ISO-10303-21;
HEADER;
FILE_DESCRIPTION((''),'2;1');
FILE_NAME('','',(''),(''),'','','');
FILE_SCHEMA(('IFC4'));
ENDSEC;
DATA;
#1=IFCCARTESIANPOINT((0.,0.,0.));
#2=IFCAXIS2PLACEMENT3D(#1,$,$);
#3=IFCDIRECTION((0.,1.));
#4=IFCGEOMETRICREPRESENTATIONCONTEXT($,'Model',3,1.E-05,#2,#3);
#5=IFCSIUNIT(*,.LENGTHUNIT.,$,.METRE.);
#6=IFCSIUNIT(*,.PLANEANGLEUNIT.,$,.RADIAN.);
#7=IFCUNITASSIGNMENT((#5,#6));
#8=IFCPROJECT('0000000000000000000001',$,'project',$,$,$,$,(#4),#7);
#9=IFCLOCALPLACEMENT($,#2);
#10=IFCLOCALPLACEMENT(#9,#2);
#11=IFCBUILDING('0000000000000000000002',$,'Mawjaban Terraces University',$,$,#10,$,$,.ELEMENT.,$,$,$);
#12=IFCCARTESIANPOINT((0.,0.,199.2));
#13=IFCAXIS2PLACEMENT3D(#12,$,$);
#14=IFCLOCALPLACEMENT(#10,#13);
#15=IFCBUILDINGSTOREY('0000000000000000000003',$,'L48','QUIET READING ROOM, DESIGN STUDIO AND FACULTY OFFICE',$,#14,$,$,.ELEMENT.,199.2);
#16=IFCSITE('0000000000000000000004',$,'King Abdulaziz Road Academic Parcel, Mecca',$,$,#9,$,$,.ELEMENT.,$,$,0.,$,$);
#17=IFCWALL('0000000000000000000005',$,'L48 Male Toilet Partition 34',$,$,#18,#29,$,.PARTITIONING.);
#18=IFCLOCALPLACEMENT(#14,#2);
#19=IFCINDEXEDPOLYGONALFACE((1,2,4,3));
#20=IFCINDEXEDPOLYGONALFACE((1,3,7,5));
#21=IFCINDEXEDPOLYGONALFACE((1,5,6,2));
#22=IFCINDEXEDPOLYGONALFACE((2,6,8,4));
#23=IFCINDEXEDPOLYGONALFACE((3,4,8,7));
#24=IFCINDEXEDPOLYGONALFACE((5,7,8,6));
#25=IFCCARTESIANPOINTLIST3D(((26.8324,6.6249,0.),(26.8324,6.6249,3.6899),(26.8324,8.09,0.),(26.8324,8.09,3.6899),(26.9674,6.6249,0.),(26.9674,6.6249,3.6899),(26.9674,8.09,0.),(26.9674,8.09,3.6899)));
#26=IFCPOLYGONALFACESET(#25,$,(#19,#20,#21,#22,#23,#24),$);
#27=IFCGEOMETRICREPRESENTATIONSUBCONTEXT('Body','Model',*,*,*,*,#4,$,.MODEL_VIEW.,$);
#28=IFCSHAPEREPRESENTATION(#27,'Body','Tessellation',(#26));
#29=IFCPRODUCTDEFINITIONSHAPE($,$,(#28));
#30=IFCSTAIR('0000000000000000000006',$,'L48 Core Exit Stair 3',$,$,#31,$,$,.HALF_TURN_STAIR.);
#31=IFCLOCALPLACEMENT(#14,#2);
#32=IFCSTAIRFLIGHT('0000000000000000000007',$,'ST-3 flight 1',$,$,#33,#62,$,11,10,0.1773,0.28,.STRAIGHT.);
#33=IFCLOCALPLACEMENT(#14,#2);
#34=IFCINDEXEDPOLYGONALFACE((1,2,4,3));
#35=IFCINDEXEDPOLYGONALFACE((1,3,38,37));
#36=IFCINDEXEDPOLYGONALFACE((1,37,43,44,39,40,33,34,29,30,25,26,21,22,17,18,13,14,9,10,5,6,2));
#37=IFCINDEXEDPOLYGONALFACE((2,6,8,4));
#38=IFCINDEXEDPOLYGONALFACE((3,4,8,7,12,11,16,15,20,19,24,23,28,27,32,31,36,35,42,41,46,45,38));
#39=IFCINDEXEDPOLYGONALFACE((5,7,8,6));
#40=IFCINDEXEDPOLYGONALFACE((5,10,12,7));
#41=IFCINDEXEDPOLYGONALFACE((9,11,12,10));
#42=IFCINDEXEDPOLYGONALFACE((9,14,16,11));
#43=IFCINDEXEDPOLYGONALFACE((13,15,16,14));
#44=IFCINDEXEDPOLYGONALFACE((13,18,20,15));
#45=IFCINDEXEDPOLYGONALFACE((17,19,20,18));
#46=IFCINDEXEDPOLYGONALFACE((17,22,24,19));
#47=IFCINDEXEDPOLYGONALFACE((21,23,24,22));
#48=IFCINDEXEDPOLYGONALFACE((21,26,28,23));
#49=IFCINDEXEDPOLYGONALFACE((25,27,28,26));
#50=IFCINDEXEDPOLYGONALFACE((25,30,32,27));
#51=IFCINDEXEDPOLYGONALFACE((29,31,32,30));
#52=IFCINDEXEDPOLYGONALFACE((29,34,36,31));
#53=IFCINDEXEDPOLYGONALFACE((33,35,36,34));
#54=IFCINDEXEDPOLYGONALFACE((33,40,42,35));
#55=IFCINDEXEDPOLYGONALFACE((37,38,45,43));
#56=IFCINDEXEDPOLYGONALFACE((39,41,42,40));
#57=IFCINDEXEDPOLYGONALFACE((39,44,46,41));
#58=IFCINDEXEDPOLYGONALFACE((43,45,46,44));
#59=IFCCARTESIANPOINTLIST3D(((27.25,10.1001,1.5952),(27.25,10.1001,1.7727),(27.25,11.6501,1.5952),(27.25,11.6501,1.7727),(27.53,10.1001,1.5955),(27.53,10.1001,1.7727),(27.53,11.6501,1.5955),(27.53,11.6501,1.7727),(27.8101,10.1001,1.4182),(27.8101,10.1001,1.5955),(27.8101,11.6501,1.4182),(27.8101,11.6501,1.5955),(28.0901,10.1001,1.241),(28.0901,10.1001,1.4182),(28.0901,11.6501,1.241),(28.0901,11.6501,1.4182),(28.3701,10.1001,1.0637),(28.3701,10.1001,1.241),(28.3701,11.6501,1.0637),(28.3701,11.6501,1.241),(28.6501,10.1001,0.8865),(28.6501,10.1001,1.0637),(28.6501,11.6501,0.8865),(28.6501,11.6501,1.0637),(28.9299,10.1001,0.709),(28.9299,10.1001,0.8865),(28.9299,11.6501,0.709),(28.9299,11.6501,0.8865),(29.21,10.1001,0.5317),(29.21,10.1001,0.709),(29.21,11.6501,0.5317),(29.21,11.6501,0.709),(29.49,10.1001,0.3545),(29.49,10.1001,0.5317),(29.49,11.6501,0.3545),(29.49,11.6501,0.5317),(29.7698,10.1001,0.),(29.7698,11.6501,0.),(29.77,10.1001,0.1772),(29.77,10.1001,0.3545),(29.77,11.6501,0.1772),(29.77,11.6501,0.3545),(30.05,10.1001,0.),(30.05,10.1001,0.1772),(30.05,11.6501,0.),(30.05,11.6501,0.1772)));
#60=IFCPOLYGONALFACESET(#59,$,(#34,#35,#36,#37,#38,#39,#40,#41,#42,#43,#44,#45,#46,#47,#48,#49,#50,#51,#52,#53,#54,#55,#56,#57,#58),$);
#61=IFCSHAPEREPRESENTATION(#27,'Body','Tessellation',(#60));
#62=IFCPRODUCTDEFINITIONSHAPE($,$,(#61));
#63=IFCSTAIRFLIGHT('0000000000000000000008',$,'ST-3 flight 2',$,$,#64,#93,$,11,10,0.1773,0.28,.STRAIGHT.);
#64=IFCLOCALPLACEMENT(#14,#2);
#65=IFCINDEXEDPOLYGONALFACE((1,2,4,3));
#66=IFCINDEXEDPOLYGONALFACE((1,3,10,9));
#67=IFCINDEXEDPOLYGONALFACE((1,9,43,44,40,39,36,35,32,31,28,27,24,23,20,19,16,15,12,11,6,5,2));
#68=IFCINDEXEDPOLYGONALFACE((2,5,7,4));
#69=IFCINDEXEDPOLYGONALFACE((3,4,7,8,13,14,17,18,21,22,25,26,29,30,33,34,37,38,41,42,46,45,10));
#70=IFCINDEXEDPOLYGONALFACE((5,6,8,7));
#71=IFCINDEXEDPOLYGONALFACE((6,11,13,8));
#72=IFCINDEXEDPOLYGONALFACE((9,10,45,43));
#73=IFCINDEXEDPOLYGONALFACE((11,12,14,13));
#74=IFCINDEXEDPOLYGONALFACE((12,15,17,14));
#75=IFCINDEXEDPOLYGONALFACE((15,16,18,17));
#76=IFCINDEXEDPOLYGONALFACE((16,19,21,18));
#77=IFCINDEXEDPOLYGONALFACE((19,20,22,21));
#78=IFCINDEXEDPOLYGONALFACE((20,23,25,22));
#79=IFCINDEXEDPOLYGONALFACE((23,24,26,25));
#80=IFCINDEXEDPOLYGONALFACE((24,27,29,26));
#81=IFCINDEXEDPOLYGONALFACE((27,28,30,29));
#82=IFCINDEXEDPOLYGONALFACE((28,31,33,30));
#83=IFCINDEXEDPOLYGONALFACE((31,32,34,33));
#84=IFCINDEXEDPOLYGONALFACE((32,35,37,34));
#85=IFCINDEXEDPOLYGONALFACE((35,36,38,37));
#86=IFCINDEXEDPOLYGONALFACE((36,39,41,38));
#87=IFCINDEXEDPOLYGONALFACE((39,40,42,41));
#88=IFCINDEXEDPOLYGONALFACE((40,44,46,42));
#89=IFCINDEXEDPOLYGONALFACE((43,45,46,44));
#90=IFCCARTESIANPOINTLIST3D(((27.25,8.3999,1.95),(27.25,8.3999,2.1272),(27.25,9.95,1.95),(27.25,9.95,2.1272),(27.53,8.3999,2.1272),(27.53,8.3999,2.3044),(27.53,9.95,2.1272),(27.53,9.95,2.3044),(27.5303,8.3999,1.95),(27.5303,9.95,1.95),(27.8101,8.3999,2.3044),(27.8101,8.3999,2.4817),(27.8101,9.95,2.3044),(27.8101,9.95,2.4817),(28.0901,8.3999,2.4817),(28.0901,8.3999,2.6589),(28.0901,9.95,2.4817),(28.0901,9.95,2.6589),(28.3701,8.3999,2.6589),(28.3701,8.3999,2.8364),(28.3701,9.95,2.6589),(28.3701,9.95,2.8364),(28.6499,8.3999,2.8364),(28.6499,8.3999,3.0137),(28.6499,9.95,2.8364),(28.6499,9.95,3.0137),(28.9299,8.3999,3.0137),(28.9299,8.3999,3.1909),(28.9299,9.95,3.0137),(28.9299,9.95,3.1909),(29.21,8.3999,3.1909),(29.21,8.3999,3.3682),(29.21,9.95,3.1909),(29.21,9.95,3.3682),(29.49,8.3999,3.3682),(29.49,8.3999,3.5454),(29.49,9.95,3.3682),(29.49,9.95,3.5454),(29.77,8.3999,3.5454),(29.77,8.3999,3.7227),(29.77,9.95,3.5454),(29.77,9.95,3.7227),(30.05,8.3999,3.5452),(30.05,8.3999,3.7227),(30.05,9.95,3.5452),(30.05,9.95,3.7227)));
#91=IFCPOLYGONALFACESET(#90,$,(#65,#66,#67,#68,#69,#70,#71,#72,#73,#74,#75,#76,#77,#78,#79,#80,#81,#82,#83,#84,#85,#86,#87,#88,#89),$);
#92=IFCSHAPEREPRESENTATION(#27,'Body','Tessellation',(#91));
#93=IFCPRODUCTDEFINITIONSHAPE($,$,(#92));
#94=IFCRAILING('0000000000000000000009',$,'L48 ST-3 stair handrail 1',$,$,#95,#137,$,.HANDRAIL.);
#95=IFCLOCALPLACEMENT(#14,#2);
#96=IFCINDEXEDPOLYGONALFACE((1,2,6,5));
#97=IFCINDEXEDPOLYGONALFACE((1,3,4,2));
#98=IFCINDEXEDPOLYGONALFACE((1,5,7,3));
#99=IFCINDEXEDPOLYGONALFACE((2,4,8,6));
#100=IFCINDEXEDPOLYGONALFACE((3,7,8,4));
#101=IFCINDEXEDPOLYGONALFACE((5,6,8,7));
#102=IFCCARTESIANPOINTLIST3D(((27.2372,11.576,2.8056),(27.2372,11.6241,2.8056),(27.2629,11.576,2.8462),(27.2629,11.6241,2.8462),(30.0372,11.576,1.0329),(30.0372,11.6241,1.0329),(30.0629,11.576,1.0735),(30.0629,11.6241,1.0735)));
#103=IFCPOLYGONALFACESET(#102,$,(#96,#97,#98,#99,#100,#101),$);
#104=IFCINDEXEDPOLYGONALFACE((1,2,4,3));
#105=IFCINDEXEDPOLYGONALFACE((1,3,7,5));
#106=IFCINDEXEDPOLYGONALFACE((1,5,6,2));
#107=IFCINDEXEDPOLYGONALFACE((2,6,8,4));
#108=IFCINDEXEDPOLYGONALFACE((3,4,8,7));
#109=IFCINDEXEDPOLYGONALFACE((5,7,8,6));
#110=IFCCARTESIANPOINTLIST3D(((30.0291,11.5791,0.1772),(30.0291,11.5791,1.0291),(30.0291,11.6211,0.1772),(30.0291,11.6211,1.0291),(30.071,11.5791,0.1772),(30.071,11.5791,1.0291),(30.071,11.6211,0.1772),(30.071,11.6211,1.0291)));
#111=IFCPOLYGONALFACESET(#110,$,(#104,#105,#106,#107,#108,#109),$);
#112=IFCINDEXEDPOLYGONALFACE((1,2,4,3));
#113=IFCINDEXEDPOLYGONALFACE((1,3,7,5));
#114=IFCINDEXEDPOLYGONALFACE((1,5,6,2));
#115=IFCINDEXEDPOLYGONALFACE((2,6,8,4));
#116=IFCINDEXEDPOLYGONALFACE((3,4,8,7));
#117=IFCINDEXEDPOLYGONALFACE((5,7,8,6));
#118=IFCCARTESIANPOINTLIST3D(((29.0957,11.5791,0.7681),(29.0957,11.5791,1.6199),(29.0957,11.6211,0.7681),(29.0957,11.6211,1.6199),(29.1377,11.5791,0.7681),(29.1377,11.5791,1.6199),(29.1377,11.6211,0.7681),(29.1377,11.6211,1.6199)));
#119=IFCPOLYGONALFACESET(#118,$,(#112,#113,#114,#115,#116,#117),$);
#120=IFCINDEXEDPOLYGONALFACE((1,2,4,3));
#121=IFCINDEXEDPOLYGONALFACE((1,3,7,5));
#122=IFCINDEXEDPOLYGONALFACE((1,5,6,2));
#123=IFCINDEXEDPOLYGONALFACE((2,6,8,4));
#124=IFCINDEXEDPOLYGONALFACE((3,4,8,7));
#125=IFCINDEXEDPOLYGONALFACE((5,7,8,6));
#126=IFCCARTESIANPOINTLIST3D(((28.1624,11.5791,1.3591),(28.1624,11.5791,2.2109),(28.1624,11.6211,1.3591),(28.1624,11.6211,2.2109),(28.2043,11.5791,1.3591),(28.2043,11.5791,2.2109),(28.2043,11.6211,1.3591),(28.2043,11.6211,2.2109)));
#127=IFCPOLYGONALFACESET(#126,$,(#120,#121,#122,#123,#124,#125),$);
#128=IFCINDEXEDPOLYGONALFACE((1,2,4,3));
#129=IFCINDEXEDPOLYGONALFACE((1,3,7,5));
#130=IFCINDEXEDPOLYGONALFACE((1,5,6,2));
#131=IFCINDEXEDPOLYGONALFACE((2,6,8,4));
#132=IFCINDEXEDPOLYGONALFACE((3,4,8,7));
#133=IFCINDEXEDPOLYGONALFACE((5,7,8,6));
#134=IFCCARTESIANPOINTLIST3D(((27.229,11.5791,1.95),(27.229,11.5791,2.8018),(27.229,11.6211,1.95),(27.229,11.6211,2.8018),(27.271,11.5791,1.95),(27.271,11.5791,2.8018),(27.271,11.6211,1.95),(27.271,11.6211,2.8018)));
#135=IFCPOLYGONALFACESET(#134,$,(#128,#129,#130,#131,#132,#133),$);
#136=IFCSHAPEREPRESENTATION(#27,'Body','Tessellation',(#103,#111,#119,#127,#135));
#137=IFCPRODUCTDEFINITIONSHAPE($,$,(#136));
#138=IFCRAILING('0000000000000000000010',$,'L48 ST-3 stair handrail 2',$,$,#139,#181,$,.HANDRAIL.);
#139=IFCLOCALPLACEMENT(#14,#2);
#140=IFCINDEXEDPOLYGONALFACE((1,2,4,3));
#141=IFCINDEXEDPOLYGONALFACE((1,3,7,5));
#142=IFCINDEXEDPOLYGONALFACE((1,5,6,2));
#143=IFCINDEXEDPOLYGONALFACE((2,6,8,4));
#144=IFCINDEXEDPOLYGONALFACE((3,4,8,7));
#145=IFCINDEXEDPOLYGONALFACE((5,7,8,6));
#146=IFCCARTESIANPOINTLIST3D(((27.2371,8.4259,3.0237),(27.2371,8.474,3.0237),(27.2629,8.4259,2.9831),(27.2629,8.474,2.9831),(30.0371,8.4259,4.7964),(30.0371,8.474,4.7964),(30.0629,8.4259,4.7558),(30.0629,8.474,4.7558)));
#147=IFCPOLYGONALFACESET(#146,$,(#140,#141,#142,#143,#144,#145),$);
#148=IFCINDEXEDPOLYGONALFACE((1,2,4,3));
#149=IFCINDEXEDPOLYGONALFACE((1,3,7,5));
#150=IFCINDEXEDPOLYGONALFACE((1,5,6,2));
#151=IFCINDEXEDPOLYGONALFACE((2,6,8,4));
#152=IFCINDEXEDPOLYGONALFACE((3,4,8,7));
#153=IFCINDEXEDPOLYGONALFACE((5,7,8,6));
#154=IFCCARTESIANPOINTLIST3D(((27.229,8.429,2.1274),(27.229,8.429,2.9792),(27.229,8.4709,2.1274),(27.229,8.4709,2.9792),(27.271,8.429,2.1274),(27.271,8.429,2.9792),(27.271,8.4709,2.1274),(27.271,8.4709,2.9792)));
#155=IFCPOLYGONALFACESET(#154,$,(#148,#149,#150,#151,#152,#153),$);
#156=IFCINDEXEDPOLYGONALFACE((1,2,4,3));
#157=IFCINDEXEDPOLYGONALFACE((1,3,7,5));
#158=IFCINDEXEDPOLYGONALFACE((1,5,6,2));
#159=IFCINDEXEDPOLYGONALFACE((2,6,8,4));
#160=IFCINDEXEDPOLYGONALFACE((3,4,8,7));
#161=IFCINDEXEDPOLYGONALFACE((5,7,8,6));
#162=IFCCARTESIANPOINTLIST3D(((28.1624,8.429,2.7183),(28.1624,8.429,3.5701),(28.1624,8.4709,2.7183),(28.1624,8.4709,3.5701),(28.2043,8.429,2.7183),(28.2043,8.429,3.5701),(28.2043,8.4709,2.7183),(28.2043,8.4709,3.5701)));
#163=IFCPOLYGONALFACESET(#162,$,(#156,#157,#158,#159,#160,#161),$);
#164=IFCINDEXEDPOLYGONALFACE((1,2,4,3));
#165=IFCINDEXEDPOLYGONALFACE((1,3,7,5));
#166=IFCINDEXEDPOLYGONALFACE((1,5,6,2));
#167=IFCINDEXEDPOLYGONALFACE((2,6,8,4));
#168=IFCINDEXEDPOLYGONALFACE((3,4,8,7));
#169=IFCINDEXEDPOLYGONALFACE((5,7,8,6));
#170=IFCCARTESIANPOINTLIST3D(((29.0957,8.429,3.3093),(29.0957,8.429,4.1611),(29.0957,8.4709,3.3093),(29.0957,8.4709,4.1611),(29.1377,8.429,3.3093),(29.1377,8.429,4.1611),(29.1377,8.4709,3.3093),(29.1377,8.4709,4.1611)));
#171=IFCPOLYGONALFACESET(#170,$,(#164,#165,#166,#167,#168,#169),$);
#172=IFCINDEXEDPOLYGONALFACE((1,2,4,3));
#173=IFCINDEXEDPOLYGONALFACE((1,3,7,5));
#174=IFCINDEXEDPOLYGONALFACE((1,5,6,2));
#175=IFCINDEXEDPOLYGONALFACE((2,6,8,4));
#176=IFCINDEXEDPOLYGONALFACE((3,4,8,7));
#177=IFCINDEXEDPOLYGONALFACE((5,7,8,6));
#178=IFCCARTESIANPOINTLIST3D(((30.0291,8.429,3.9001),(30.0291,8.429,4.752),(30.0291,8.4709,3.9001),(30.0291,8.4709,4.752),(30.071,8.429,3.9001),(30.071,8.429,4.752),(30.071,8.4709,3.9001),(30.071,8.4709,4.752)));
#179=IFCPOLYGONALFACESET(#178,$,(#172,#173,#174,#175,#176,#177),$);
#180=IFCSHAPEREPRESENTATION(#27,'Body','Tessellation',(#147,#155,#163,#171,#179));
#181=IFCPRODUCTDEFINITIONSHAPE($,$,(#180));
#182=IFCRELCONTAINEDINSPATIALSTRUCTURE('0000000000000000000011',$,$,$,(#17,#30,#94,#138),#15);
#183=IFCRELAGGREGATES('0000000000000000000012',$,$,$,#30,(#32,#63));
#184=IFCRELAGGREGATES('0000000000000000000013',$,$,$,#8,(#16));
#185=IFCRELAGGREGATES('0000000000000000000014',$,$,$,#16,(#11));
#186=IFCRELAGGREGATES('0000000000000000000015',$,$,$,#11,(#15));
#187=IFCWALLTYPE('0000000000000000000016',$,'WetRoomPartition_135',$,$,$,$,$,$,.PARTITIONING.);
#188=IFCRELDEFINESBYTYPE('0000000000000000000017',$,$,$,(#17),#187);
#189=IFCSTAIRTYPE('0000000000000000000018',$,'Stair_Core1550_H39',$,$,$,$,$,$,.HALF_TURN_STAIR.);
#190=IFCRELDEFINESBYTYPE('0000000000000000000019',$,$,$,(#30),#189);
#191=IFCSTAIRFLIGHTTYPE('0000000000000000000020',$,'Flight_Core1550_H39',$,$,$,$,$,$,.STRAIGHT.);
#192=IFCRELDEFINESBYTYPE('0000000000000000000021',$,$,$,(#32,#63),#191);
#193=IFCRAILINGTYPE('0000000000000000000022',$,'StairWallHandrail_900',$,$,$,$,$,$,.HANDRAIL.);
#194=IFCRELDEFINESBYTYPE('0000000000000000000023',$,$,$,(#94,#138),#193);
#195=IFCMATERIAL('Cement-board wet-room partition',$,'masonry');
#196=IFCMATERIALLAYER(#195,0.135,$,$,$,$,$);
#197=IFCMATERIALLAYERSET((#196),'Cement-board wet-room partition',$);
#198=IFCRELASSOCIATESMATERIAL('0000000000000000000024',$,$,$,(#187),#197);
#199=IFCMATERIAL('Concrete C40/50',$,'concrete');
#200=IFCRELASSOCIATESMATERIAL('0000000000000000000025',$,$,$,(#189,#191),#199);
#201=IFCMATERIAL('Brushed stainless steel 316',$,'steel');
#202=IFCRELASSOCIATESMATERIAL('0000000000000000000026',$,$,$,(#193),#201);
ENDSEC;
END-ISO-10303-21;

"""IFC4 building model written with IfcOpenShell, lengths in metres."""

from ifc_helpers import new_model, si_unit, direction, frame, frame_2d, origin, origin_2d, place, context, subcontext, project, spatial, polyline, rectangle, outline, extrude, material, layer, layer_set, type_object, element, aggregate, save


model = new_model("IFC4")

# Units and contexts
model_context = context("Model", 3, precision=1e-05, world=origin(), true_north=direction((0.0, 1.0)))
body_context = subcontext(model_context, "Body", "Model", "MODEL_VIEW")
ifc_project = project(units=[si_unit("LENGTHUNIT", "METRE"), si_unit("PLANEANGLEUNIT", "RADIAN")], contexts=[model_context])

# Site, building, storey
site_placement = place(None, origin())
site = spatial("IfcSite", under=ifc_project, at=site_placement, Name="King Abdulaziz Road Academic Parcel, Mecca", CompositionType="ELEMENT", RefElevation=0.0)
building_placement = place(site_placement, origin())
building = spatial("IfcBuilding", under=site, at=building_placement, Name="Mawjaban Terraces University", CompositionType="ELEMENT")
storey_placement = place(building_placement, frame((0.0, 0.0, 199.2)))
storey = spatial("IfcBuildingStorey", under=building, at=storey_placement, Name="L48", Description="QUIET READING ROOM, DESIGN STUDIO AND FACULTY OFFICE", CompositionType="ELEMENT", Elevation=199.2)

# Shared definitions
ifc_material_1 = material(Name="Concrete C40/50", Category="concrete")

# Wall
ifc_material_2 = material(Name="Cement-board wet-room partition", Category="masonry")
ifc_layer_1 = layer(ifc_material_2, 0.135)
ifc_layer_set_1 = layer_set([ifc_layer_1], Name="Cement-board wet-room partition")
wall_type_1 = type_object("IfcWallType", Name="WetRoomPartition_135", PredefinedType="PARTITIONING", material=ifc_layer_set_1)
wall_1_placement = place(storey_placement, frame((26.8999, 6.625, 0.0), z_axis=(0.0, 0.0, 1.0), x_axis=(0.0, 1.0, 0.0)))
element("IfcWall", 1, at=wall_1_placement, inside=storey, type_object=wall_type_1, Name="L48 Male Toilet Partition 34", PredefinedType="PARTITIONING", context=body_context, shape_type="SweptSolid", body=[
    extrude(rectangle(XDim=1.4651, YDim=0.135, at=frame_2d((0.7324, 0.0))), origin(), (0.0, 0.0, 1.0), 3.6899),
])

# Stair, stair flights
stair_type = type_object("IfcStairType", Name="Stair_Core1550_H39", PredefinedType="HALF_TURN_STAIR", material=ifc_material_1)
stair_placement = place(storey_placement, origin())
stair = element("IfcStair", 2, at=stair_placement, inside=storey, type_object=stair_type, Name="L48 Core Exit Stair 3", PredefinedType="HALF_TURN_STAIR")
stair_flight_type = type_object("IfcStairFlightType", Name="Flight_Core1550_H39", PredefinedType="STRAIGHT", material=ifc_material_1)
stair_flight_1_placement = place(storey_placement, frame((30.05, 10.875, 0.0), z_axis=(0.0, 0.0, 1.0), x_axis=(-1.0, 0.0, 0.0)))
stair_flight_1 = element("IfcStairFlight", 3, at=stair_flight_1_placement, type_object=stair_flight_type, Name="ST-3 flight 1", NumberOfRisers=11, NumberOfTreads=10, PredefinedType="STRAIGHT", RiserHeight=0.1773, TreadLength=0.28, context=body_context, shape_type="SweptSolid", body=[
    extrude(outline(polyline([(0.0, 0.0), (0.0, 0.1772), (0.28, 0.1772), (0.28, 0.3545), (0.5601, 0.3545), (0.5601, 0.5317), (0.8401, 0.5317), (0.8401, 0.709), (1.1201, 0.709), (1.1201, 0.8865), (1.3999, 0.8865), (1.3999, 1.0637), (1.6799, 1.0637), (1.6799, 1.241), (1.96, 1.241), (1.96, 1.4182), (2.24, 1.4182), (2.24, 1.5955), (2.52, 1.5955), (2.52, 1.7727), (2.8, 1.7727), (2.8, 1.95), (2.8, 1.5952), (0.2803, 0.0), (0.0, 0.0)])), frame((0.0, 0.7749, 0.0), z_axis=(0.0, -1.0, 0.0), x_axis=(1.0, 0.0, 0.0)), (0.0, 0.0, 1.0), 1.55),
])
stair_flight_2_placement = place(storey_placement, frame((27.25, 9.175, 1.95), z_axis=(0.0, 0.0, 1.0), x_axis=(1.0, 0.0, 0.0)))
stair_flight_2 = element("IfcStairFlight", 4, at=stair_flight_2_placement, type_object=stair_flight_type, Name="ST-3 flight 2", NumberOfRisers=11, NumberOfTreads=10, PredefinedType="STRAIGHT", RiserHeight=0.1773, TreadLength=0.28, context=body_context, shape_type="SweptSolid", body=[
    extrude(outline(polyline([(0.0, 0.0), (0.0, 0.1772), (0.28, 0.1772), (0.28, 0.3545), (0.5601, 0.3545), (0.5601, 0.5317), (0.8401, 0.5317), (0.8401, 0.709), (1.1201, 0.709), (1.1201, 0.8865), (1.3999, 0.8865), (1.3999, 1.0637), (1.6799, 1.0637), (1.6799, 1.241), (1.96, 1.241), (1.96, 1.4182), (2.24, 1.4182), (2.24, 1.5955), (2.52, 1.5955), (2.52, 1.7727), (2.8, 1.7727), (2.8, 1.95), (2.8, 1.5952), (0.2803, 0.0), (0.0, 0.0)])), frame((0.0, 0.7749, 0.0), z_axis=(0.0, -1.0, 0.0), x_axis=(1.0, 0.0, 0.0)), (0.0, 0.0, 1.0), 1.55),
])
aggregate(stair, [stair_flight_1, stair_flight_2])

# Railings
ifc_material_3 = material(Name="Brushed stainless steel 316", Category="steel")
railing_type_1 = type_object("IfcRailingType", Name="StairWallHandrail_900", PredefinedType="HANDRAIL", material=ifc_material_3)
railing_1_placement = place(storey_placement, frame((30.05, 11.6001, 0.1772)))
element("IfcRailing", 5, at=railing_1_placement, inside=storey, type_object=railing_type_1, Name="L48 ST-3 stair handrail 1", PredefinedType="HANDRAIL", context=body_context, shape_type="SweptSolid", body=[
    extrude(rectangle(XDim=0.0481, YDim=0.0481, at=origin_2d()), frame((0.0, 0.0, 0.876), z_axis=(-0.844909, 0.0, 0.53491), x_axis=(0.0, -1.0, 0.0)), (0.0, 0.0, 1.0), 3.314),
    extrude(rectangle(XDim=0.042, YDim=0.042, at=origin_2d()), origin(), (0.0, 0.0, 1.0), 0.8518),
    extrude(rectangle(XDim=0.042, YDim=0.042, at=origin_2d()), frame((-0.9333, 0.0, 0.5908)), (0.0, 0.0, 1.0), 0.8518),
    extrude(rectangle(XDim=0.042, YDim=0.042, at=origin_2d()), frame((-1.8667, 0.0, 1.1819)), (0.0, 0.0, 1.0), 0.8518),
    extrude(rectangle(XDim=0.042, YDim=0.042, at=origin_2d()), frame((-2.8, 0.0, 1.7727)), (0.0, 0.0, 1.0), 0.8518),
])
railing_2_placement = place(storey_placement, frame((27.25, 8.45, 2.1274)))
element("IfcRailing", 6, at=railing_2_placement, inside=storey, type_object=railing_type_1, Name="L48 ST-3 stair handrail 2", PredefinedType="HANDRAIL", context=body_context, shape_type="SweptSolid", body=[
    extrude(rectangle(XDim=0.0481, YDim=0.0481, at=origin_2d()), frame((0.0, 0.0, 0.876), z_axis=(0.844909, 0.0, 0.53491), x_axis=(0.0, 1.0, 0.0)), (0.0, 0.0, 1.0), 3.314),
    extrude(rectangle(XDim=0.042, YDim=0.042, at=origin_2d()), origin(), (0.0, 0.0, 1.0), 0.8518),
    extrude(rectangle(XDim=0.042, YDim=0.042, at=origin_2d()), frame((0.9333, 0.0, 0.5908)), (0.0, 0.0, 1.0), 0.8518),
    extrude(rectangle(XDim=0.042, YDim=0.042, at=origin_2d()), frame((1.8667, 0.0, 1.1819)), (0.0, 0.0, 1.0), 0.8518),
    extrude(rectangle(XDim=0.042, YDim=0.042, at=origin_2d()), frame((2.8, 0.0, 1.7727)), (0.0, 0.0, 1.0), 0.8518),
])

save(model, "model.ifc")
